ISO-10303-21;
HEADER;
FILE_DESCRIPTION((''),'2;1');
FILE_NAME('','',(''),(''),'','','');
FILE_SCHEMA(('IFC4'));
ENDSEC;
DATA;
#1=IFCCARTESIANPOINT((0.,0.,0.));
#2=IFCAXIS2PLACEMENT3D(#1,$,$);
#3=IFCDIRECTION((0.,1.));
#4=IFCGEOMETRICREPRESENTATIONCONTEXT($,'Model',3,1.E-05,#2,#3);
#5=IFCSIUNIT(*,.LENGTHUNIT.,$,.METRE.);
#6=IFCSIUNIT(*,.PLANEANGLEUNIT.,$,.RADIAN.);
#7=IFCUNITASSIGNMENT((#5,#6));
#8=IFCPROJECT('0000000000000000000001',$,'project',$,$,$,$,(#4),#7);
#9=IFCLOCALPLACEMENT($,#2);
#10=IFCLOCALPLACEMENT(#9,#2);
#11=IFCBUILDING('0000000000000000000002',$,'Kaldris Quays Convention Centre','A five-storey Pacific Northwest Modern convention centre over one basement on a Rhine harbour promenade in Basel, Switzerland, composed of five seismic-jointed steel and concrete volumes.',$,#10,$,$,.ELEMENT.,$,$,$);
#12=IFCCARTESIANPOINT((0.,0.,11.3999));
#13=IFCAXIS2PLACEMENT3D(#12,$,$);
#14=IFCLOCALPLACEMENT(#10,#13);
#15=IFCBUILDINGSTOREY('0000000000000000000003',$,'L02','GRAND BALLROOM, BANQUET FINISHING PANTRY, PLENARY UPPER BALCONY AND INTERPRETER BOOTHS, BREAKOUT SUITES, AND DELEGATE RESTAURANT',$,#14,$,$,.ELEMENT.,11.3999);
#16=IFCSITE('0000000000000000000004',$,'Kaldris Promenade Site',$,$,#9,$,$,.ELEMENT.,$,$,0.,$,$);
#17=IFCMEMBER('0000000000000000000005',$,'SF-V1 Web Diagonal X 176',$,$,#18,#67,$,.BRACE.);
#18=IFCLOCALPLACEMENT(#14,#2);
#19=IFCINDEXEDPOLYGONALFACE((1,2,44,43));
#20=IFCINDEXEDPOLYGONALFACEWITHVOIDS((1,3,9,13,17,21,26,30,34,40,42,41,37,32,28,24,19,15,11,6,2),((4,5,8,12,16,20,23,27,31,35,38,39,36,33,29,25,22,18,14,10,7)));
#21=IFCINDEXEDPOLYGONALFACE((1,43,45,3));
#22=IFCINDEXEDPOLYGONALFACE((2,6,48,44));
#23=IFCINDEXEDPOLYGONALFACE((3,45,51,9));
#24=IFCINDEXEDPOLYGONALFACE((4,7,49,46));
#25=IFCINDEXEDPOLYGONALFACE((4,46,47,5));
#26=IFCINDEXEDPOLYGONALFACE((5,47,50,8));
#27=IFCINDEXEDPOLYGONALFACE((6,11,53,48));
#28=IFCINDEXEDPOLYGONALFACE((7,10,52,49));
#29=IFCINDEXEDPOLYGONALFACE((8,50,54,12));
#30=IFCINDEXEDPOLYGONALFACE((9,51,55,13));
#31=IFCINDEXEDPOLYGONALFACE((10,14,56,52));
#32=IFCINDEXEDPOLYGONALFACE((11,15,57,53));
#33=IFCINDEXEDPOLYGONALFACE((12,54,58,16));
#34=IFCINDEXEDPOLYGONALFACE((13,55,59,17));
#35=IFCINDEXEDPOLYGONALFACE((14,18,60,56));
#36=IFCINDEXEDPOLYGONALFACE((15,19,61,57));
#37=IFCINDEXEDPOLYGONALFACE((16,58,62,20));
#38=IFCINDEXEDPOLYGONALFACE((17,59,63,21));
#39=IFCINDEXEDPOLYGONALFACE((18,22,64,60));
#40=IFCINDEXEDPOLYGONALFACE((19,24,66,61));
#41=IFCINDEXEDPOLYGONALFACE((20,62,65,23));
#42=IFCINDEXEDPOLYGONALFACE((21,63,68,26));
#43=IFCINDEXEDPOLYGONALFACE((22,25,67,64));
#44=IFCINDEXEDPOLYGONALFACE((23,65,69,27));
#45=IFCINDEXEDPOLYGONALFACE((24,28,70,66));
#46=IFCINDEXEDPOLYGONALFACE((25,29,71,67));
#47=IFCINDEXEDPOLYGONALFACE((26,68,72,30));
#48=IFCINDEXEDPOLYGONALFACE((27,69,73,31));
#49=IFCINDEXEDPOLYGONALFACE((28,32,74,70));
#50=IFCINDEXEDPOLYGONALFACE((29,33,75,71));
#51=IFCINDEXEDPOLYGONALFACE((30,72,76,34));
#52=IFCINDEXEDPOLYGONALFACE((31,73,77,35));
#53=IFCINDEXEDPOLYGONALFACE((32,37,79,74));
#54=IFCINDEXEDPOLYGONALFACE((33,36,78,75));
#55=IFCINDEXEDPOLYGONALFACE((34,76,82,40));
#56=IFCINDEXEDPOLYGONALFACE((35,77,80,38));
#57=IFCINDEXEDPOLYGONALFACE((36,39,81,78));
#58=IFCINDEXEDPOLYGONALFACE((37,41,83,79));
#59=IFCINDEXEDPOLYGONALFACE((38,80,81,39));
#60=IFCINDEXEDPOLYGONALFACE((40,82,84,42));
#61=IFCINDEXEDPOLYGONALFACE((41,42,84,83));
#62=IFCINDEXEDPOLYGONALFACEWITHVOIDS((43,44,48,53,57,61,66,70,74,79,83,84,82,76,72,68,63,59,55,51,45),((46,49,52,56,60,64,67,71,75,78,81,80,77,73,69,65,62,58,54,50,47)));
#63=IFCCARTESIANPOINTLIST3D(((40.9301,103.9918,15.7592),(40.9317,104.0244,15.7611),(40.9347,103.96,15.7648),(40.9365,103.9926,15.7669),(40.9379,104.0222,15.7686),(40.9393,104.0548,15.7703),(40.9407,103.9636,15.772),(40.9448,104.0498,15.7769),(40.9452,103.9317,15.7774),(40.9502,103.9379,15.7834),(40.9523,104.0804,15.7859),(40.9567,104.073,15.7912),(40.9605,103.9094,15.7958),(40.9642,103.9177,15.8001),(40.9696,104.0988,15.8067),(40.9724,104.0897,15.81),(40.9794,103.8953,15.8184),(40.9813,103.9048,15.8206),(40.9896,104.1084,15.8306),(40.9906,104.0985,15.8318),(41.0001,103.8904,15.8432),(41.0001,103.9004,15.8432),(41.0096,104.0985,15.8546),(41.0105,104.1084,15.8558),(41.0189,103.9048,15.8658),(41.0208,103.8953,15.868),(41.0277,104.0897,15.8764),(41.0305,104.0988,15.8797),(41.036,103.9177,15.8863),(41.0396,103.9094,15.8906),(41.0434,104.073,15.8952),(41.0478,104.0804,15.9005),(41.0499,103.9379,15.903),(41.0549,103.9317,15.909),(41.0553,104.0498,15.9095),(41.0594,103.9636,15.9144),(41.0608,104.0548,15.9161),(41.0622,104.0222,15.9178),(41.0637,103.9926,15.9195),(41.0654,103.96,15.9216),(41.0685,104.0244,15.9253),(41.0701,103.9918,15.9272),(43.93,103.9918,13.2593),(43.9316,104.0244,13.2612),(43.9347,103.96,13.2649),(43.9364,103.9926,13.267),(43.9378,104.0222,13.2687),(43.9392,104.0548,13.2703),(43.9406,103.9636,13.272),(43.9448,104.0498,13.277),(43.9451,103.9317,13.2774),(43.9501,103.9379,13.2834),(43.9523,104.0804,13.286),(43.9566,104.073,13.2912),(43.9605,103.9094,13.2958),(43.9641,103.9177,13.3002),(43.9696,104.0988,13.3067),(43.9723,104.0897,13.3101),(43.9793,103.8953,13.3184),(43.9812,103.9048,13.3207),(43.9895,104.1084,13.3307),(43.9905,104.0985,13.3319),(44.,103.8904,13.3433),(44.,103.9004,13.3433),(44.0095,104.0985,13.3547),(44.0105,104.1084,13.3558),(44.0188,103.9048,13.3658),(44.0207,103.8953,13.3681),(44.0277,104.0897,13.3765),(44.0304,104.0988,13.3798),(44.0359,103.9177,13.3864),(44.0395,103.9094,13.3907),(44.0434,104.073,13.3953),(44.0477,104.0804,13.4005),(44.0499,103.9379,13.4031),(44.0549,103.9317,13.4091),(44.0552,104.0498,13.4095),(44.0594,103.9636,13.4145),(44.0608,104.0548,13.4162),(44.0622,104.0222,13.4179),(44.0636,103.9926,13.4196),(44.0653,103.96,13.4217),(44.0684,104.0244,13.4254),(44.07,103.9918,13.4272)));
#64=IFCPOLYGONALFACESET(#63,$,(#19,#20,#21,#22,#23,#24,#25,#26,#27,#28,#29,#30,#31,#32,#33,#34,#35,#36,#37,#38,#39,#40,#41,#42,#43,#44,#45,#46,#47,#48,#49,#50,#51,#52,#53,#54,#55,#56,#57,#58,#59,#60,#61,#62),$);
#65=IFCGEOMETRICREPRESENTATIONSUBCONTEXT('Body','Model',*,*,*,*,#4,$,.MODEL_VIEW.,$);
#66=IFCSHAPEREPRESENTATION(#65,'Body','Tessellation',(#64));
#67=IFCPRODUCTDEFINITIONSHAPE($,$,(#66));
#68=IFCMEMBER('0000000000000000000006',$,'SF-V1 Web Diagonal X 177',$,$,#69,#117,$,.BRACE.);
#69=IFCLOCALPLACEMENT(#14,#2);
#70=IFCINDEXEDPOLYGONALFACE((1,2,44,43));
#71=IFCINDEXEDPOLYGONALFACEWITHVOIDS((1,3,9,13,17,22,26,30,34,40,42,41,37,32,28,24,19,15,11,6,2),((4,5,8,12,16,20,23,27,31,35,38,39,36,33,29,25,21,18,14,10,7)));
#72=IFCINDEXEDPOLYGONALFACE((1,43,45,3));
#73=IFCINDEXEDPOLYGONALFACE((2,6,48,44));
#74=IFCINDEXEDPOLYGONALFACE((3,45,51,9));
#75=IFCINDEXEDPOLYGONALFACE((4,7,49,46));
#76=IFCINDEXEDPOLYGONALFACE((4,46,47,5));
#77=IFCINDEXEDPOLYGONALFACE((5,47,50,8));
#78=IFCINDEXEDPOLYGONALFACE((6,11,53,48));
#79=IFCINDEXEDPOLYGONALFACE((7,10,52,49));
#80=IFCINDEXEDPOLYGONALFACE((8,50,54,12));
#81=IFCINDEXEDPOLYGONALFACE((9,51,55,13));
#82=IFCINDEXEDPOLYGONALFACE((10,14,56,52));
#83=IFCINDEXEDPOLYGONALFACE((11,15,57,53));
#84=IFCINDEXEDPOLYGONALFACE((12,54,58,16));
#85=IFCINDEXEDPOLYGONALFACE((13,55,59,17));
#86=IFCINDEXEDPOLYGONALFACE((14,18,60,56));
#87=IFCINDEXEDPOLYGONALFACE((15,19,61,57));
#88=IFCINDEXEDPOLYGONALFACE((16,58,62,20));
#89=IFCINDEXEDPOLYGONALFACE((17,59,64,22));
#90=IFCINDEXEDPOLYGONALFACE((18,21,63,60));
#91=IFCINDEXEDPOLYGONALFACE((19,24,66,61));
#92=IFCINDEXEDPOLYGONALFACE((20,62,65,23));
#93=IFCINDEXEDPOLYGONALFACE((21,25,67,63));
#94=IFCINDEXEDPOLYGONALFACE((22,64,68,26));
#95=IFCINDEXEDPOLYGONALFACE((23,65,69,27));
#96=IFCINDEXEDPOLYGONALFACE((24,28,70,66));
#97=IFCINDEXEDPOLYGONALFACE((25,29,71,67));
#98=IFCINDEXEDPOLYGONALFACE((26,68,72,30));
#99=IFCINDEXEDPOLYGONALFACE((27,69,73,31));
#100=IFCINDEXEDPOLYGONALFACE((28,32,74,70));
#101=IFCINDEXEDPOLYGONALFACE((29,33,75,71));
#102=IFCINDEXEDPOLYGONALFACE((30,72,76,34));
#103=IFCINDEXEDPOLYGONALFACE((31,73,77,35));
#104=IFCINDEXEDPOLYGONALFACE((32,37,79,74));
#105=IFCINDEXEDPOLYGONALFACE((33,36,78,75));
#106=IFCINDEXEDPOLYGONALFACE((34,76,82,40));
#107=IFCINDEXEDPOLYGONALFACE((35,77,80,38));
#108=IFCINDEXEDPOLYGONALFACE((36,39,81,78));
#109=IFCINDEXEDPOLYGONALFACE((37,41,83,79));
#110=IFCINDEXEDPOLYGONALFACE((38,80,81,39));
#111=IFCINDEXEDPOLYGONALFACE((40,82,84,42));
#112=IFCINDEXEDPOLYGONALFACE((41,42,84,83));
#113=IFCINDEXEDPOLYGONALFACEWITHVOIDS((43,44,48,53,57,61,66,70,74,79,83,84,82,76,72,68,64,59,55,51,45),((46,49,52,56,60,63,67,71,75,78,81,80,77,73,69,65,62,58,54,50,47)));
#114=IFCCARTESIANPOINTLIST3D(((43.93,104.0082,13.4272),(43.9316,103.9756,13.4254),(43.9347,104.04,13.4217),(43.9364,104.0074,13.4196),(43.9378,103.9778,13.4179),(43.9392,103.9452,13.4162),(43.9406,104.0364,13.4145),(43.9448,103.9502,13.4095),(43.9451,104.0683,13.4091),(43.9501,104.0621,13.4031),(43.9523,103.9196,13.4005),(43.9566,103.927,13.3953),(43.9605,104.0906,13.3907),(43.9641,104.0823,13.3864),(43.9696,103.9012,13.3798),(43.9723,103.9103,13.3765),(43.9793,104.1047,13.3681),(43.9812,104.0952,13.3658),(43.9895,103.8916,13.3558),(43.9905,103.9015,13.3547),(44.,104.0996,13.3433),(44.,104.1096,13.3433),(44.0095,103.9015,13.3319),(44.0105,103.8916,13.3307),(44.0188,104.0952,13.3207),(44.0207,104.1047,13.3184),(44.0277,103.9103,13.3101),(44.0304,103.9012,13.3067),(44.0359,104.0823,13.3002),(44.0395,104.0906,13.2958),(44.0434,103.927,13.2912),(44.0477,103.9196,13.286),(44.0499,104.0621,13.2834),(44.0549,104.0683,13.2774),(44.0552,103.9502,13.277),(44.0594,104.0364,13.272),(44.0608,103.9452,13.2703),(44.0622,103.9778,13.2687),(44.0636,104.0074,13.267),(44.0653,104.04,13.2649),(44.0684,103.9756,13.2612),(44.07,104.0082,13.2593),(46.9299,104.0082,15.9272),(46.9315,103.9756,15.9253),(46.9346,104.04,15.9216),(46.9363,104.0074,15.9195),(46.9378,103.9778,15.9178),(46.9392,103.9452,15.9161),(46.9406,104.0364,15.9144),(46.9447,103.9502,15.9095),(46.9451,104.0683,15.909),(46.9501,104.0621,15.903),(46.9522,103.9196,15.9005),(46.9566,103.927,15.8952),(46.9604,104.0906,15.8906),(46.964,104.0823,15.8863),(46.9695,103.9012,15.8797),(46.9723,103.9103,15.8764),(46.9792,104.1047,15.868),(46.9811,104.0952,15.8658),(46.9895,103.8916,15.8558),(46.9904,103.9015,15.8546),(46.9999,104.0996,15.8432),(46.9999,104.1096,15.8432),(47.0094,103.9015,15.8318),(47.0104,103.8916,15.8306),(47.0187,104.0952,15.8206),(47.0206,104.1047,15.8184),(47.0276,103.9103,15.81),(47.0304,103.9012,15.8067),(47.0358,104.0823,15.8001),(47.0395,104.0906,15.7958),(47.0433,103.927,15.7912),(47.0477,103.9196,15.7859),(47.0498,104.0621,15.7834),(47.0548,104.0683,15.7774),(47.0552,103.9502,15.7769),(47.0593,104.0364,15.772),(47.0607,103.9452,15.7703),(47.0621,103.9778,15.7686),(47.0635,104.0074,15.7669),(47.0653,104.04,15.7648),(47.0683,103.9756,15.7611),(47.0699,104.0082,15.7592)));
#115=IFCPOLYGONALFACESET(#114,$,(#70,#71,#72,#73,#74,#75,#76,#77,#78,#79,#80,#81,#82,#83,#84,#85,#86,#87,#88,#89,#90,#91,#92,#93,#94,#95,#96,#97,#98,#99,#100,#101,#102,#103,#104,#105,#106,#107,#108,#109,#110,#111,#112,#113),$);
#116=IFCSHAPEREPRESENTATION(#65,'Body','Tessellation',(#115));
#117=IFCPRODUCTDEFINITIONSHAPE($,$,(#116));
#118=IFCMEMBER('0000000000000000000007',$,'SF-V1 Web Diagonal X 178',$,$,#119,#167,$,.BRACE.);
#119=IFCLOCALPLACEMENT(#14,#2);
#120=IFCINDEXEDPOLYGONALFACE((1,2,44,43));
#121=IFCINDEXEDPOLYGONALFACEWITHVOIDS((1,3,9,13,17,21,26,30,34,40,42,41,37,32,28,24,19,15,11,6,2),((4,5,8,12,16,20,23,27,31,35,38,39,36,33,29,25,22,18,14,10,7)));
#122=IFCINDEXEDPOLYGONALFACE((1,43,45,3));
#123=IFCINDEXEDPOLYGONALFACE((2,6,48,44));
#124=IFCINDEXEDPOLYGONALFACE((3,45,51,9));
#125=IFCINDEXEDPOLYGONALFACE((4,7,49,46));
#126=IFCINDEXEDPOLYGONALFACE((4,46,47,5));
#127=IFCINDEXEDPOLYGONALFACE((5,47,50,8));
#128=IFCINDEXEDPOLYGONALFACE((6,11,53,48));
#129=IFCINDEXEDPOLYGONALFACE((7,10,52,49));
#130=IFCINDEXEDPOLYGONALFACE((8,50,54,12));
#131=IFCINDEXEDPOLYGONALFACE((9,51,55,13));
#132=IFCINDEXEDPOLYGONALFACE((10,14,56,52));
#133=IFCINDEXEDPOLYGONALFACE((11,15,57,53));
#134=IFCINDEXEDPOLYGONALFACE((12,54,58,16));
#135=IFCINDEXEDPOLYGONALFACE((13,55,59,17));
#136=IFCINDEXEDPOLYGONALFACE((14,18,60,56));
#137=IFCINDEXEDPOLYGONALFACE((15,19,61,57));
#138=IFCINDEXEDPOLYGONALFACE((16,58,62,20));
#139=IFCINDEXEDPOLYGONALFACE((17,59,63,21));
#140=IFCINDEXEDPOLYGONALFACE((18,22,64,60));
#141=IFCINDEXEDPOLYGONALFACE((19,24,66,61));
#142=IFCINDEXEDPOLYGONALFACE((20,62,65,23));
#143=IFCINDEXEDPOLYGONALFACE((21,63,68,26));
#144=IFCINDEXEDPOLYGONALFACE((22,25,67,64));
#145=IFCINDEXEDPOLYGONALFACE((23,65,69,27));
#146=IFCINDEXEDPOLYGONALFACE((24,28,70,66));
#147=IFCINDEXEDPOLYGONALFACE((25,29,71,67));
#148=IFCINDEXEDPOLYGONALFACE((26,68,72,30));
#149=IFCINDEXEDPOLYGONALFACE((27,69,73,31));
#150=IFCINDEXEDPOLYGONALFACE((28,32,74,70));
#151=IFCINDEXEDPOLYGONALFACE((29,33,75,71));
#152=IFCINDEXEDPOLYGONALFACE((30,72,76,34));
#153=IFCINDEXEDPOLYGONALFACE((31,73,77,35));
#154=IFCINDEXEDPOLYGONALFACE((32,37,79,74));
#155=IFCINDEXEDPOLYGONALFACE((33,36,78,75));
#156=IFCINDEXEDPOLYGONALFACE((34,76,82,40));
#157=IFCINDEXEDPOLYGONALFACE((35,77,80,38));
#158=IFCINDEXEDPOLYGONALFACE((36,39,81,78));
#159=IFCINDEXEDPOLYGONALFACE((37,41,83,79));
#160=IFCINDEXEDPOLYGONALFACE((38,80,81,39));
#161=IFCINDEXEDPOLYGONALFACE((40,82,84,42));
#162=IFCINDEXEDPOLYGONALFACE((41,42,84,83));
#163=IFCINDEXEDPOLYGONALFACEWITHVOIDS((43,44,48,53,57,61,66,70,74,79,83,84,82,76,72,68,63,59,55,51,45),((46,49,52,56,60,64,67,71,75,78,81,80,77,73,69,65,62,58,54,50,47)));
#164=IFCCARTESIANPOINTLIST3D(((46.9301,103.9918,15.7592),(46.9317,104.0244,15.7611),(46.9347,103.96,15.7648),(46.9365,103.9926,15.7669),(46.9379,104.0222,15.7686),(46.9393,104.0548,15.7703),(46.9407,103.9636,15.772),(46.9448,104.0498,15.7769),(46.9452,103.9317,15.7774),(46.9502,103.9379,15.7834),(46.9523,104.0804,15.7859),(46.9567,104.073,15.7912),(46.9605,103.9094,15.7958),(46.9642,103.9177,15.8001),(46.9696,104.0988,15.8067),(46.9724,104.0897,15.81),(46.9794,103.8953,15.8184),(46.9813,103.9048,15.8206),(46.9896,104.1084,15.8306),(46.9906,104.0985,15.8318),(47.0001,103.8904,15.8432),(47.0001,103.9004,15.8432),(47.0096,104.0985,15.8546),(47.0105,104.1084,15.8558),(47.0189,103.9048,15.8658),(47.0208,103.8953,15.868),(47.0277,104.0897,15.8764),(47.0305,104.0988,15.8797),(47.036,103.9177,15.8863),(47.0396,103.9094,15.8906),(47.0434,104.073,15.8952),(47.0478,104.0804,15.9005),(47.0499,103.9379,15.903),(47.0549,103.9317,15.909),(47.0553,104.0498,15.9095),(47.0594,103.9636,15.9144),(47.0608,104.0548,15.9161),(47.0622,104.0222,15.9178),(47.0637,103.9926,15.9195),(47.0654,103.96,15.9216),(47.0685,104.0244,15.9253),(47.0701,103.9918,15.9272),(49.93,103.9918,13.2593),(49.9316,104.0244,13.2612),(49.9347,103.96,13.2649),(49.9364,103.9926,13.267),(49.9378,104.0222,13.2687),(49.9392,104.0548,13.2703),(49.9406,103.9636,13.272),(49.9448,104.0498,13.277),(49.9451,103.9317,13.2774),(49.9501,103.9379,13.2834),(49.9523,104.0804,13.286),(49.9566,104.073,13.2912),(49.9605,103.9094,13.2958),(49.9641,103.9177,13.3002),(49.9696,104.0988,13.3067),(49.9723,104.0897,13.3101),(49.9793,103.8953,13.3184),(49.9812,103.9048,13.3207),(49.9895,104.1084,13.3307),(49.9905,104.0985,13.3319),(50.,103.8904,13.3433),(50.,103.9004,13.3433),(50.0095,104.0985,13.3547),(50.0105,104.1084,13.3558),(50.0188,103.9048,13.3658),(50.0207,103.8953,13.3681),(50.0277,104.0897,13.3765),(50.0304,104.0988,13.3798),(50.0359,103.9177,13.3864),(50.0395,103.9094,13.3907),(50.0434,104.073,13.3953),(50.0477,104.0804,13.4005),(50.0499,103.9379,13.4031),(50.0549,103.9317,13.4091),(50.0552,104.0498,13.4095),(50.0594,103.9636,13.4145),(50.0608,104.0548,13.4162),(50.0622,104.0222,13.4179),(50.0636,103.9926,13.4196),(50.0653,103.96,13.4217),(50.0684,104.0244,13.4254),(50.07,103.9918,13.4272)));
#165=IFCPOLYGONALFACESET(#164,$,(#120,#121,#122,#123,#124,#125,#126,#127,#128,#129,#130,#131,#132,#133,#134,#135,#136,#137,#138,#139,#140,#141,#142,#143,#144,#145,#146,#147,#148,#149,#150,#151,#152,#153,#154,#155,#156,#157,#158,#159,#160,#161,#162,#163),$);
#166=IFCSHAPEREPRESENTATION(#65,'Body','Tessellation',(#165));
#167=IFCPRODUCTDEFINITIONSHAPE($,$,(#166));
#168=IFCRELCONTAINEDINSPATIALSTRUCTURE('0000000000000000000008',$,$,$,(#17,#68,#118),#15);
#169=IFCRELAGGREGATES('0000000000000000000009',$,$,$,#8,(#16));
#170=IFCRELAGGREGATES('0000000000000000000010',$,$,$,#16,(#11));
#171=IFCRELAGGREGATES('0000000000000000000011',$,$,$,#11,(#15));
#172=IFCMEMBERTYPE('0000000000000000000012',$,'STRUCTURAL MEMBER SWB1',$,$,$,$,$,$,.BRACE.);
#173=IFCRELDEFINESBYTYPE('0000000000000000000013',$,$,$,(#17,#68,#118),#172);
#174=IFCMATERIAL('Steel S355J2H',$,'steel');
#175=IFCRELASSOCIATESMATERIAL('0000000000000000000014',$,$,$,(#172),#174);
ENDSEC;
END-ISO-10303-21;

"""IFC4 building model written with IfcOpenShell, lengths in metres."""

from ifc_helpers import new_model, si_unit, direction, frame, origin, origin_2d, place, context, subcontext, project, spatial, hollow_circle, extrude, material, material_profile, profile_set, type_object, element, save


model = new_model("IFC4")

# Units and contexts
model_context = context("Model", 3, precision=1e-05, world=origin(), true_north=direction((0.0, 1.0)))
body_context = subcontext(model_context, "Body", "Model", "MODEL_VIEW")
ifc_project = project(units=[si_unit("LENGTHUNIT", "METRE"), si_unit("PLANEANGLEUNIT", "RADIAN")], contexts=[model_context])

# Site, building, storey
site_placement = place(None, origin())
site = spatial("IfcSite", under=ifc_project, at=site_placement, Name="Kaldris Promenade Site", CompositionType="ELEMENT", RefElevation=0.0)
building_placement = place(site_placement, origin())
building = spatial("IfcBuilding", under=site, at=building_placement, Name="Kaldris Quays Convention Centre", Description="A five-storey Pacific Northwest Modern convention centre over one basement on a Rhine harbour promenade in Basel, Switzerland, composed of five seismic-jointed steel and concrete volumes.", CompositionType="ELEMENT")
storey_placement = place(building_placement, frame((0.0, 0.0, 11.3999)))
storey = spatial("IfcBuildingStorey", under=building, at=storey_placement, Name="L02", Description="GRAND BALLROOM, BANQUET FINISHING PANTRY, PLENARY UPPER BALCONY AND INTERPRETER BOOTHS, BREAKOUT SUITES, AND DELEGATE RESTAURANT", CompositionType="ELEMENT", Elevation=11.3999)

# Members
ifc_material = material(Name="Steel S355J2H", Category="steel")
ifc_material_profile_1 = material_profile(ifc_material, hollow_circle(Radius=0.1096, WallThickness=0.01, at=origin_2d()), Name="CHS 219.1x10")
ifc_profile_set_1 = profile_set([ifc_material_profile_1], Name="Steel S355J2H")
member_type_1 = type_object("IfcMemberType", Name="STRUCTURAL MEMBER SWB1", PredefinedType="BRACE", material=ifc_profile_set_1)
for number, where, z_axis, x_axis, name in (
    (1, (44.0, 104.0, 13.3433), (-0.768221, 0.0, 0.640184), (0.0, -1.0, 0.0), "SF-V1 Web Diagonal X 176"),
    (2, (44.0, 104.0, 13.3433), (0.768221, 0.0, 0.640184), (0.0, 1.0, 0.0), "SF-V1 Web Diagonal X 177"),
    (3, (50.0, 104.0, 13.3433), (-0.768221, 0.0, 0.640184), (0.0, -1.0, 0.0), "SF-V1 Web Diagonal X 178"),
):
    element("IfcMember", number, at=place(storey_placement, frame(where, z_axis=z_axis, x_axis=x_axis)), inside=storey, type_object=member_type_1, Name=name, PredefinedType="BRACE", context=body_context, shape_type="SweptSolid", body=[
        extrude(hollow_circle(Radius=0.1096, WallThickness=0.01, at=origin_2d()), origin(), (0.0, 0.0, 1.0), 3.905),
    ])

save(model, "model.ifc")
